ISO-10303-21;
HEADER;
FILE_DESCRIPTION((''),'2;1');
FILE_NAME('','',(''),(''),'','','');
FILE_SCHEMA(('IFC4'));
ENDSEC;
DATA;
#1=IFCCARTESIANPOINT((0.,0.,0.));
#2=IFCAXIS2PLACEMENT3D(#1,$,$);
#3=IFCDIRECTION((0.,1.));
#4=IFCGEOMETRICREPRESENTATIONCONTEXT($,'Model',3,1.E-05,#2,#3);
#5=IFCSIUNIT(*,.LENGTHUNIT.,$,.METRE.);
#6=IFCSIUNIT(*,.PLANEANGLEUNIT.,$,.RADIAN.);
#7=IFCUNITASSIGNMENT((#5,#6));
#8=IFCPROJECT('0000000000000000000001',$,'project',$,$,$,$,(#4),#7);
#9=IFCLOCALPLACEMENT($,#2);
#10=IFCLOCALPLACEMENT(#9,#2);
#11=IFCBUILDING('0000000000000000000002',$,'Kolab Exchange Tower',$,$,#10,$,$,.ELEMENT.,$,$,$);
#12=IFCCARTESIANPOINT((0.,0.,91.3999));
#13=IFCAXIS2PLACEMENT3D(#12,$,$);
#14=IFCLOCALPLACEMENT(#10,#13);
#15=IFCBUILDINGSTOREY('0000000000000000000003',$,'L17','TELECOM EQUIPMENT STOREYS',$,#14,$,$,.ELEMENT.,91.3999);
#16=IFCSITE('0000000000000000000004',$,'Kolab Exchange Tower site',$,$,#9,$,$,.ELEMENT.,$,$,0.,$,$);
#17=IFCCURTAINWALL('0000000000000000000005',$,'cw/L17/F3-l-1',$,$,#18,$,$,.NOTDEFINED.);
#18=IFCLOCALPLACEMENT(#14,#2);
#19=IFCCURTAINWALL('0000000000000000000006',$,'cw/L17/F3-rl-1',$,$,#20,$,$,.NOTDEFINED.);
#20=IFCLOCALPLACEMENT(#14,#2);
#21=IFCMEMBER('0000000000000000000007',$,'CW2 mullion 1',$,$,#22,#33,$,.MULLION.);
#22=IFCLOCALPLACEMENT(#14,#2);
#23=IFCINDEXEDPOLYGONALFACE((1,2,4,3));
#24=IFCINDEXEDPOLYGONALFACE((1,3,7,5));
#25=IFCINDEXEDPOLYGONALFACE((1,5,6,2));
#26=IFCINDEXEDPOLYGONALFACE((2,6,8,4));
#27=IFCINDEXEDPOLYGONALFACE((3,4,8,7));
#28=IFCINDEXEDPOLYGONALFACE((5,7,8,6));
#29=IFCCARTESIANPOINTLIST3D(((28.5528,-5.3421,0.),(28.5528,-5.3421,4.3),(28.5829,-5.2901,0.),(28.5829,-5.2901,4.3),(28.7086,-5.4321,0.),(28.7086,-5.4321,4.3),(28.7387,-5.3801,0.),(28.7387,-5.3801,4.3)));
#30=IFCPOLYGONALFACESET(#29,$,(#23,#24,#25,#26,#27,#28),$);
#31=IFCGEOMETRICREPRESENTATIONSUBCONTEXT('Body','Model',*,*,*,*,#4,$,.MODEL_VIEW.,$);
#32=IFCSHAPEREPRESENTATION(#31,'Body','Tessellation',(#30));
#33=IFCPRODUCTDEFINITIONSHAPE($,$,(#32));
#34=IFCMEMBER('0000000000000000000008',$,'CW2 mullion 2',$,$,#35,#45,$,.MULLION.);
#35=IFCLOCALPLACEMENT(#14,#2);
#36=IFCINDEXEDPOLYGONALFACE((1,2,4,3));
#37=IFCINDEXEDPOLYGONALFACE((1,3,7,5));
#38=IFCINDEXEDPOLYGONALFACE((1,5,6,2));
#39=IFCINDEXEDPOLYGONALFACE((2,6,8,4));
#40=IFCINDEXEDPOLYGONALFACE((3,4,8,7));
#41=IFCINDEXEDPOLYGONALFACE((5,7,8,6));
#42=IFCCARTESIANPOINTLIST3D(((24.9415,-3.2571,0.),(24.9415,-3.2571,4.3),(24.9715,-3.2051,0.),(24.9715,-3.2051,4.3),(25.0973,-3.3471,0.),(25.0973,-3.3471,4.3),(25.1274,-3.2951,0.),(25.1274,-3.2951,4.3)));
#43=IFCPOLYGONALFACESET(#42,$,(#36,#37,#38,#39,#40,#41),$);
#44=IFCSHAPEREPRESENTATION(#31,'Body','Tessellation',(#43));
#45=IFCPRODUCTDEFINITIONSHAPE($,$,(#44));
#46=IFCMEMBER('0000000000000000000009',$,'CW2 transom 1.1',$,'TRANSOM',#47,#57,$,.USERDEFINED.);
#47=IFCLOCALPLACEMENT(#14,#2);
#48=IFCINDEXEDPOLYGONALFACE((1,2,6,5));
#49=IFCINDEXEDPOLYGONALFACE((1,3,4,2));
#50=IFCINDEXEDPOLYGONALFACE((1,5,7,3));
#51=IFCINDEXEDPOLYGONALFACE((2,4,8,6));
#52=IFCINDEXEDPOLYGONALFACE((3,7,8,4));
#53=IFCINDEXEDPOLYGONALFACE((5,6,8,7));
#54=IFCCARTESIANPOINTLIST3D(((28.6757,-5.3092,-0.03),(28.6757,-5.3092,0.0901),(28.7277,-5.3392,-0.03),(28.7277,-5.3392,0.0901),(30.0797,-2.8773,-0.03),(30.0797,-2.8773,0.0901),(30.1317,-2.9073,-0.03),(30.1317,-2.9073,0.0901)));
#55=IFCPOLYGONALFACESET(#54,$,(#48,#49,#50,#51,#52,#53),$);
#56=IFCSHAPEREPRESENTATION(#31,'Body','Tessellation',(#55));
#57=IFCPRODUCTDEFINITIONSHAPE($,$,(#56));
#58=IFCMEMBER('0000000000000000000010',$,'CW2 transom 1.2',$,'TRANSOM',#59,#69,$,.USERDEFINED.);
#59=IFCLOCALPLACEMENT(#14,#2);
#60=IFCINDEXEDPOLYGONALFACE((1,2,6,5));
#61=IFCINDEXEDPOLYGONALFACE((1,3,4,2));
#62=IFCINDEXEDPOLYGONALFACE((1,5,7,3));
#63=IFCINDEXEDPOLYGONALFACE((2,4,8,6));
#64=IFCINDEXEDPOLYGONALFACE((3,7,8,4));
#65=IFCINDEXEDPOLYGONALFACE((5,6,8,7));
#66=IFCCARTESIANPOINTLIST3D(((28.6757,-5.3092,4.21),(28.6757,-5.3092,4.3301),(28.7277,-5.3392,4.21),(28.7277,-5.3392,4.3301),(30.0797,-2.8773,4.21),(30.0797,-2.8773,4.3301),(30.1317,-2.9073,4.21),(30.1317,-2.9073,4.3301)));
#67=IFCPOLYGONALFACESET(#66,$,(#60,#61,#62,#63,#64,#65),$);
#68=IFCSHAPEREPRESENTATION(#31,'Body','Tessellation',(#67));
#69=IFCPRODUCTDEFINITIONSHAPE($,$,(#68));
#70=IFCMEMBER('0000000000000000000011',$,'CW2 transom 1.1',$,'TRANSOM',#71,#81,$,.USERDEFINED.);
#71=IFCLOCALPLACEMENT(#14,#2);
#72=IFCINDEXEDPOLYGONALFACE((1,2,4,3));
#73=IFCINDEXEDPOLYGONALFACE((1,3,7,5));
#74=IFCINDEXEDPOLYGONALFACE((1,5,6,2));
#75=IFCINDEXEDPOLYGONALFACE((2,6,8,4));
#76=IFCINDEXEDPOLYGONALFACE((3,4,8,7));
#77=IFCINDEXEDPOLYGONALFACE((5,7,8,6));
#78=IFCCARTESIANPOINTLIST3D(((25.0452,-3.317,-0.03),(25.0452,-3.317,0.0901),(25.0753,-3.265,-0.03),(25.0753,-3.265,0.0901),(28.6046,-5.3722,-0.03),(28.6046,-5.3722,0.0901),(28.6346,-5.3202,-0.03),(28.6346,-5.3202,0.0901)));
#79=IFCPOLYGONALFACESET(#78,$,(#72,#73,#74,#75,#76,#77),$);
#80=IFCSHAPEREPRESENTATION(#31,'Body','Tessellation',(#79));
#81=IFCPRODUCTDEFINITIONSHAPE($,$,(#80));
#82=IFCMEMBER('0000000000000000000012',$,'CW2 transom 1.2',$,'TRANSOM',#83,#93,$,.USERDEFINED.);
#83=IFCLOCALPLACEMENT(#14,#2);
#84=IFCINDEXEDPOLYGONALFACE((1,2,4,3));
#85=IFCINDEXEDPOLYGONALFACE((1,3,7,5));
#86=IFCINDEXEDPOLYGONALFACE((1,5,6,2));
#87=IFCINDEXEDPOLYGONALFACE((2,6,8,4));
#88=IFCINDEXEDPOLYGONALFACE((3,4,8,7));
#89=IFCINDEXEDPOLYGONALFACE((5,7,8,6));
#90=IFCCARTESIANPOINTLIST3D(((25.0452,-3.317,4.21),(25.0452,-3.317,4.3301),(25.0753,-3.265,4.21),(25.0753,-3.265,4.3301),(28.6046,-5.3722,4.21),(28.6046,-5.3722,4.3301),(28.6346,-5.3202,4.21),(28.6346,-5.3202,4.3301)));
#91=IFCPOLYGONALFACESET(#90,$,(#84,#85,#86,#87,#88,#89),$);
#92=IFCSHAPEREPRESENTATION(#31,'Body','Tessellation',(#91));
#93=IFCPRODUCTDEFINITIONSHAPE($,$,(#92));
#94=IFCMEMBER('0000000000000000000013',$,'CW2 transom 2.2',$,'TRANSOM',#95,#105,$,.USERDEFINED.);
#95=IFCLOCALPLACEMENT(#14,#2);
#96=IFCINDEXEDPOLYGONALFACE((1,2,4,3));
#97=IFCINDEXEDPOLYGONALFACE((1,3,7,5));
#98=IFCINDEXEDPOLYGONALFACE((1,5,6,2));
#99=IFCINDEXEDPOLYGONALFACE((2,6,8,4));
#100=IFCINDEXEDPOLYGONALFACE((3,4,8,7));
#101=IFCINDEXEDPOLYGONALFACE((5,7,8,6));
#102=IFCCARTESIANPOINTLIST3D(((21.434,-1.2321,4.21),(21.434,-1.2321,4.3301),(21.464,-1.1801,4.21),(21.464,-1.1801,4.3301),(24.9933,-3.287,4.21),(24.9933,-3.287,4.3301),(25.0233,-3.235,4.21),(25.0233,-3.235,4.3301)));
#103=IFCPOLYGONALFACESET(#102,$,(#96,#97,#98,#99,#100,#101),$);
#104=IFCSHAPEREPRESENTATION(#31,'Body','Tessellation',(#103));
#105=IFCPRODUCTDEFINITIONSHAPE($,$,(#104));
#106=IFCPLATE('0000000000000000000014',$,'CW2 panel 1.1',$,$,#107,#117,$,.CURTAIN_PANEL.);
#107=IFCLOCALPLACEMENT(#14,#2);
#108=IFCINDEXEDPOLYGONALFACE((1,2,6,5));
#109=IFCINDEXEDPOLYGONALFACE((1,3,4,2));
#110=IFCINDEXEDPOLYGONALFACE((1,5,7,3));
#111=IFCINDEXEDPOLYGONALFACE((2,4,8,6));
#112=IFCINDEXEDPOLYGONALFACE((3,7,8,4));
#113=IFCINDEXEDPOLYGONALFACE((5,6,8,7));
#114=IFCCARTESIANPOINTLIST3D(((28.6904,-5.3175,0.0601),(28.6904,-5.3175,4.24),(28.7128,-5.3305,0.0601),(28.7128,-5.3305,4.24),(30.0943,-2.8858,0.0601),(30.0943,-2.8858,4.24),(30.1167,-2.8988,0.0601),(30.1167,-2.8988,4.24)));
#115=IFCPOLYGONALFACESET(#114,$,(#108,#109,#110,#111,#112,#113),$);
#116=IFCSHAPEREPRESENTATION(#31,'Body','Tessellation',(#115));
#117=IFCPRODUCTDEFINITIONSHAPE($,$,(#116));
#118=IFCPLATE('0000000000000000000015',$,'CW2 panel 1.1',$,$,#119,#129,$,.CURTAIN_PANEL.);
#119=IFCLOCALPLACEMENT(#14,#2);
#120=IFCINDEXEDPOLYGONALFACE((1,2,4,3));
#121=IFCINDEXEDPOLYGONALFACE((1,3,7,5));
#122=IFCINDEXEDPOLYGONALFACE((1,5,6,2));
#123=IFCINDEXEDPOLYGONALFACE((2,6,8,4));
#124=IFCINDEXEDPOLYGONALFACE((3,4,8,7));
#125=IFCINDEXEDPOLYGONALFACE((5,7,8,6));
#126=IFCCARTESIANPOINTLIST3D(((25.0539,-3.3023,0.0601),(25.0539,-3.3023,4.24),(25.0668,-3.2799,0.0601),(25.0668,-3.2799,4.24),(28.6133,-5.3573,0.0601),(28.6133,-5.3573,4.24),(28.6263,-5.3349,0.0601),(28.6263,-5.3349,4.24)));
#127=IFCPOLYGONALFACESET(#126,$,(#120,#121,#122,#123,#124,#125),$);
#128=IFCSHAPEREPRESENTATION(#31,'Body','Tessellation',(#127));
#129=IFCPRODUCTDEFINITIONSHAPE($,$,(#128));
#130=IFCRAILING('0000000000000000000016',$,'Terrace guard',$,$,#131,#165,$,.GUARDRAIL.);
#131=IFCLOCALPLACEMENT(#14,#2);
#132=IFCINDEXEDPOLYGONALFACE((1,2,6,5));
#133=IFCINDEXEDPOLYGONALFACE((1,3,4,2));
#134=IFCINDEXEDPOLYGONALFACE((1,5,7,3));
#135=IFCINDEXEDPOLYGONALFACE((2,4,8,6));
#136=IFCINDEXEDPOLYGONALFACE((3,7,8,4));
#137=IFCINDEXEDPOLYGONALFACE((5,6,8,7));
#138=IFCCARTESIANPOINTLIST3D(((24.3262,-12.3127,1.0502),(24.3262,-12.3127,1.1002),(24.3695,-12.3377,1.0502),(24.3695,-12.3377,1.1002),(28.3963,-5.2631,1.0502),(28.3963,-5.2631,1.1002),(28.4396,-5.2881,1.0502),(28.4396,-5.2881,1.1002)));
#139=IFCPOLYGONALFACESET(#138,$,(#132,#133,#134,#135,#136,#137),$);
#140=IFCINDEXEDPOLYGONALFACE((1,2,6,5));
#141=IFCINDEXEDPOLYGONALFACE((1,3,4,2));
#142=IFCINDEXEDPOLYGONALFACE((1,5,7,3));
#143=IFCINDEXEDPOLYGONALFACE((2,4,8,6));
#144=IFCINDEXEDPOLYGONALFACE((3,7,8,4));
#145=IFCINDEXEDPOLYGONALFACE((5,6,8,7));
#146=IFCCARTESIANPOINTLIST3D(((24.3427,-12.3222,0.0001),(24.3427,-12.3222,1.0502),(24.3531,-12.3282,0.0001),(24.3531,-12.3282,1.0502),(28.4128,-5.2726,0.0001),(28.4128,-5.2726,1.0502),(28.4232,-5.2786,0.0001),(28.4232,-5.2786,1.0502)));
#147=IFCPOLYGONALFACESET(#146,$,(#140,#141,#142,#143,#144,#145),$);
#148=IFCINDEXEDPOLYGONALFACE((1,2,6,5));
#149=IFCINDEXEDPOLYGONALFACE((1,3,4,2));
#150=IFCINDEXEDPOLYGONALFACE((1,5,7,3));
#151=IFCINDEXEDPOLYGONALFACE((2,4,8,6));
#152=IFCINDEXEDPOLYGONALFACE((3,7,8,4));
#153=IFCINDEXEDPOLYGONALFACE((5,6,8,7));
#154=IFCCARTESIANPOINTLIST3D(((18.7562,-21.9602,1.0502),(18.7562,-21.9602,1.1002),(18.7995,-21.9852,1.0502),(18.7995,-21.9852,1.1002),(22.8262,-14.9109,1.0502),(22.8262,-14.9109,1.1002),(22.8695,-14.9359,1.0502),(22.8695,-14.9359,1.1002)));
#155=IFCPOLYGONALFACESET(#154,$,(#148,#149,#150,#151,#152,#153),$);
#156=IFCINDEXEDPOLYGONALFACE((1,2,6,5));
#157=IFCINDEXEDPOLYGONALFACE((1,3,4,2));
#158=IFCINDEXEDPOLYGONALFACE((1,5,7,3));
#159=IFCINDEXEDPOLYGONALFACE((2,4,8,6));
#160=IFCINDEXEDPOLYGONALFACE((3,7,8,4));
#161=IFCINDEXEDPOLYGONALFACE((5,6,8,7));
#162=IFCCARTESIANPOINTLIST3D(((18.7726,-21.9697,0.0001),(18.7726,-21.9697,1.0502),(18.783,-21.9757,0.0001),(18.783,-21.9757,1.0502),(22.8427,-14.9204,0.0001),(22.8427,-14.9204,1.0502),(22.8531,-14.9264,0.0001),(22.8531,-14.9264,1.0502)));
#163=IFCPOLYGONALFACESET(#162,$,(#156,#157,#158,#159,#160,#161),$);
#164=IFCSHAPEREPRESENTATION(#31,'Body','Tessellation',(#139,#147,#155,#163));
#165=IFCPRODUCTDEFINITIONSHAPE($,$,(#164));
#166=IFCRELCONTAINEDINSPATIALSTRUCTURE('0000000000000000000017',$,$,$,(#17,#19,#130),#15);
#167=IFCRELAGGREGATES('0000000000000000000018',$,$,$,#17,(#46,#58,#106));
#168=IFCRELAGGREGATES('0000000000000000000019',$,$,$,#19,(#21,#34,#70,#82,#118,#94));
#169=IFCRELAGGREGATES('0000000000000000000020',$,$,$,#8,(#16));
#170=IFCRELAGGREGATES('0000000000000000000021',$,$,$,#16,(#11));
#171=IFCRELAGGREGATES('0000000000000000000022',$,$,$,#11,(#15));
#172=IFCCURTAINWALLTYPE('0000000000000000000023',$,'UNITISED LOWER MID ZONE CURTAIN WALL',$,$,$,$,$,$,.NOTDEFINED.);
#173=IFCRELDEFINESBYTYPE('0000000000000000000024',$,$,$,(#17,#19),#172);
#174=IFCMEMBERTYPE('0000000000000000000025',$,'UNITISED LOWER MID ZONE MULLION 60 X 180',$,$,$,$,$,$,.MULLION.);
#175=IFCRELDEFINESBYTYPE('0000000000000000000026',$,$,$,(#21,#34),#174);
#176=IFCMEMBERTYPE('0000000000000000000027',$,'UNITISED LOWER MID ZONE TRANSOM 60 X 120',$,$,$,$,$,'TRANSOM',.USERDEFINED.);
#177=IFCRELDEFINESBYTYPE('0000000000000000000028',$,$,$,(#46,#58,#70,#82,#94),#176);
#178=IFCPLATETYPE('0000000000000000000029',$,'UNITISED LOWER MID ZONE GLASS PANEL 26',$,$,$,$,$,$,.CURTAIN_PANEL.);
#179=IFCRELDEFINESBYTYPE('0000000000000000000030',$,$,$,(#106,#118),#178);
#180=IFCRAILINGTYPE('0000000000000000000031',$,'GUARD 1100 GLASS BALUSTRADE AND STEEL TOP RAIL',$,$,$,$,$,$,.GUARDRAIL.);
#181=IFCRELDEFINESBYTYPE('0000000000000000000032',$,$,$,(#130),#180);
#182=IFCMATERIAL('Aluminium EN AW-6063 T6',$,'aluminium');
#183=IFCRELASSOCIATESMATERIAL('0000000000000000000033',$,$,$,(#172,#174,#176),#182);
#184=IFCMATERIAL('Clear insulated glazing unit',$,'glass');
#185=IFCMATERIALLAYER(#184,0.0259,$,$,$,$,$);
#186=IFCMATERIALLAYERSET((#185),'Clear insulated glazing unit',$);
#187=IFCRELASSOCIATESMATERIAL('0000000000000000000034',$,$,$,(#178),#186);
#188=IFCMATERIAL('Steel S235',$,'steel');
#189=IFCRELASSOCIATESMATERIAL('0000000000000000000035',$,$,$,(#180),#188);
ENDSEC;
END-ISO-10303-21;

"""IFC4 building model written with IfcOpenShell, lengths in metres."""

from ifc_helpers import new_model, si_unit, direction, frame, frame_2d, origin, origin_2d, place, context, subcontext, project, spatial, rectangle, extrude, material, layer, layer_set, material_profile, profile_set, type_object, element, aggregate, save


model = new_model("IFC4")

# Units and contexts
model_context = context("Model", 3, precision=1e-05, world=origin(), true_north=direction((0.0, 1.0)))
body_context = subcontext(model_context, "Body", "Model", "MODEL_VIEW")
ifc_project = project(units=[si_unit("LENGTHUNIT", "METRE"), si_unit("PLANEANGLEUNIT", "RADIAN")], contexts=[model_context])

# Site, building, storey
site_placement = place(None, origin())
site = spatial("IfcSite", under=ifc_project, at=site_placement, Name="Kolab Exchange Tower site", CompositionType="ELEMENT", RefElevation=0.0)
building_placement = place(site_placement, origin())
building = spatial("IfcBuilding", under=site, at=building_placement, Name="Kolab Exchange Tower", CompositionType="ELEMENT")
storey_placement = place(building_placement, frame((0.0, 0.0, 91.3999)))
storey = spatial("IfcBuildingStorey", under=building, at=storey_placement, Name="L17", Description="TELECOM EQUIPMENT STOREYS", CompositionType="ELEMENT", Elevation=91.3999)

# Curtain walls, members
ifc_material_1 = material(Name="Aluminium EN AW-6063 T6", Category="aluminium")
curtain_wall_type = type_object("IfcCurtainWallType", Name="UNITISED LOWER MID ZONE CURTAIN WALL", PredefinedType="NOTDEFINED", material=ifc_material_1)
curtain_wall_1_placement = place(storey_placement, origin())
curtain_wall_1 = element("IfcCurtainWall", 1, at=curtain_wall_1_placement, inside=storey, type_object=curtain_wall_type, Name="cw/L17/F3-l-1", PredefinedType="NOTDEFINED")
ifc_material_profile_1 = material_profile(ifc_material_1, rectangle(XDim=0.0601, YDim=0.1799, at=origin_2d()), Name="RECT 60X180")
ifc_profile_set_1 = profile_set([ifc_material_profile_1], Name="Aluminium EN AW-6063 T6")
member_type_1 = type_object("IfcMemberType", Name="UNITISED LOWER MID ZONE MULLION 60 X 180", PredefinedType="MULLION", material=ifc_profile_set_1)
curtain_wall_2_placement = place(storey_placement, origin())
curtain_wall_2 = element("IfcCurtainWall", 2, at=curtain_wall_2_placement, inside=storey, type_object=curtain_wall_type, Name="cw/L17/F3-rl-1", PredefinedType="NOTDEFINED")
member_1_placement = place(storey_placement, frame((28.6458, -5.3611, 0.0), z_axis=(0.0, 0.0, 1.0), x_axis=(-0.5, -0.866025, 0.0)))
member_1 = element("IfcMember", 3, at=member_1_placement, type_object=member_type_1, Name="CW2 mullion 1", PredefinedType="MULLION", context=body_context, shape_type="SweptSolid", body=[
    extrude(rectangle(XDim=0.0601, YDim=0.1799, at=origin_2d()), origin(), (0.0, 0.0, 1.0), 4.3),
])
member_2_placement = place(storey_placement, frame((25.0344, -3.2761, 0.0), z_axis=(0.0, 0.0, 1.0), x_axis=(-0.5, -0.866025, 0.0)))
member_2 = element("IfcMember", 4, at=member_2_placement, type_object=member_type_1, Name="CW2 mullion 2", PredefinedType="MULLION", context=body_context, shape_type="SweptSolid", body=[
    extrude(rectangle(XDim=0.0601, YDim=0.1799, at=origin_2d()), origin(), (0.0, 0.0, 1.0), 4.3),
])

# Members
ifc_material_profile_2 = material_profile(ifc_material_1, rectangle(XDim=0.0601, YDim=0.1201, at=origin_2d()), Name="RECT 60X120")
ifc_profile_set_2 = profile_set([ifc_material_profile_2], Name="Aluminium EN AW-6063 T6")
member_type_2 = type_object("IfcMemberType", Name="UNITISED LOWER MID ZONE TRANSOM 60 X 120", ElementType="TRANSOM", PredefinedType="USERDEFINED", material=ifc_profile_set_2)
member_3_placement = place(storey_placement, frame((30.1057, -2.8923, 0.03), z_axis=(-0.500001, -0.866025, 0.0), x_axis=(0.866025, -0.500001, 0.0)))
member_3 = element("IfcMember", 5, at=member_3_placement, type_object=member_type_2, Name="CW2 transom 1.1", ObjectType="TRANSOM", PredefinedType="USERDEFINED", context=body_context, shape_type="SweptSolid", body=[
    extrude(rectangle(XDim=0.0601, YDim=0.1201, at=origin_2d()), origin(), (0.0, 0.0, 1.0), 2.8081),
])
member_4_placement = place(storey_placement, frame((30.1057, -2.8923, 4.27), z_axis=(-0.500001, -0.866025, 0.0), x_axis=(0.866025, -0.500001, 0.0)))
member_4 = element("IfcMember", 6, at=member_4_placement, type_object=member_type_2, Name="CW2 transom 1.2", ObjectType="TRANSOM", PredefinedType="USERDEFINED", context=body_context, shape_type="SweptSolid", body=[
    extrude(rectangle(XDim=0.0601, YDim=0.1201, at=origin_2d()), origin(), (0.0, 0.0, 1.0), 2.8081),
])
member_5_placement = place(storey_placement, frame((28.6196, -5.3462, 0.03), z_axis=(-0.866005, 0.500036, 0.0), x_axis=(-0.500036, -0.866005, 0.0)))
member_5 = element("IfcMember", 7, at=member_5_placement, type_object=member_type_2, Name="CW2 transom 1.1", ObjectType="TRANSOM", PredefinedType="USERDEFINED", context=body_context, shape_type="SweptSolid", body=[
    extrude(rectangle(XDim=0.0601, YDim=0.1201, at=origin_2d()), origin(), (0.0, 0.0, 1.0), 4.1101),
])
member_6_placement = place(storey_placement, frame((28.6196, -5.3462, 4.27), z_axis=(-0.866005, 0.500036, 0.0), x_axis=(-0.500036, -0.866005, 0.0)))
member_6 = element("IfcMember", 8, at=member_6_placement, type_object=member_type_2, Name="CW2 transom 1.2", ObjectType="TRANSOM", PredefinedType="USERDEFINED", context=body_context, shape_type="SweptSolid", body=[
    extrude(rectangle(XDim=0.0601, YDim=0.1201, at=origin_2d()), origin(), (0.0, 0.0, 1.0), 4.1101),
])
member_7_placement = place(storey_placement, frame((25.0083, -3.261, 4.27), z_axis=(-0.86603, 0.499992, 0.0), x_axis=(-0.499992, -0.86603, 0.0)))
member_7 = element("IfcMember", 9, at=member_7_placement, type_object=member_type_2, Name="CW2 transom 2.2", ObjectType="TRANSOM", PredefinedType="USERDEFINED", context=body_context, shape_type="SweptSolid", body=[
    extrude(rectangle(XDim=0.0601, YDim=0.1201, at=origin_2d()), origin(), (0.0, 0.0, 1.0), 4.1099),
])

# Plates
ifc_material_2 = material(Name="Clear insulated glazing unit", Category="glass")
ifc_layer = layer(ifc_material_2, 0.0259)
ifc_layer_set = layer_set([ifc_layer], Name="Clear insulated glazing unit")
plate_type = type_object("IfcPlateType", Name="UNITISED LOWER MID ZONE GLASS PANEL 26", PredefinedType="CURTAIN_PANEL", material=ifc_layer_set)
plate_1_placement = place(storey_placement, frame((29.4036, -4.1082, 0.0601), z_axis=(0.0, 0.0, 1.0), x_axis=(-0.5, -0.866025, 0.0)))
plate_1 = element("IfcPlate", 10, at=plate_1_placement, type_object=plate_type, Name="CW2 panel 1.1", PredefinedType="CURTAIN_PANEL", context=body_context, shape_type="SweptSolid", body=[
    extrude(rectangle(XDim=2.8079, YDim=0.0259, at=origin_2d()), origin(), (0.0, 0.0, 1.0), 4.1799),
])
aggregate(curtain_wall_1, [member_3, member_4, plate_1])
plate_2_placement = place(storey_placement, frame((26.8401, -4.3186, 0.0601), z_axis=(0.0, 0.0, 1.0), x_axis=(-0.866025, 0.5, 0.0)))
plate_2 = element("IfcPlate", 11, at=plate_2_placement, type_object=plate_type, Name="CW2 panel 1.1", PredefinedType="CURTAIN_PANEL", context=body_context, shape_type="SweptSolid", body=[
    extrude(rectangle(XDim=4.1101, YDim=0.0259, at=origin_2d()), origin(), (0.0, 0.0, 1.0), 4.1799),
])
aggregate(curtain_wall_2, [member_1, member_2, member_5, member_6, plate_2, member_7])

# Railing
ifc_material_3 = material(Name="Steel S235", Category="steel")
railing_type = type_object("IfcRailingType", Name="GUARD 1100 GLASS BALUSTRADE AND STEEL TOP RAIL", PredefinedType="GUARDRAIL", material=ifc_material_3)
railing_placement = place(storey_placement, frame((28.418, -5.2756, 0.0)))
element("IfcRailing", 12, at=railing_placement, inside=storey, type_object=railing_type, Name="Terrace guard", PredefinedType="GUARDRAIL", context=body_context, shape_type="SweptSolid", body=[
    extrude(rectangle(XDim=0.05, YDim=0.05, at=origin_2d()), frame((0.0, 0.0, 1.0752), z_axis=(-0.5, -0.866025, 0.0), x_axis=(0.866025, -0.5, 0.0)), (0.0, 0.0, 1.0), 8.1401),
    extrude(rectangle(XDim=0.012, YDim=1.0501, at=frame_2d((0.0, 0.5251))), frame((0.0, 0.0, 0.0), z_axis=(-0.5, -0.866025, 0.0), x_axis=(0.866025, -0.5, 0.0)), (0.0, 0.0, 1.0), 8.1401),
    extrude(rectangle(XDim=0.05, YDim=0.05, at=origin_2d()), frame((-9.6401, -16.697, 1.0752), z_axis=(0.500013, 0.866018, 0.0), x_axis=(-0.866018, 0.500013, 0.0)), (0.0, 0.0, 1.0), 8.1399),
    extrude(rectangle(XDim=0.012, YDim=1.0501, at=frame_2d((0.0, 0.5251))), frame((-9.6401, -16.697, 0.0), z_axis=(0.500013, 0.866018, 0.0), x_axis=(-0.866018, 0.500013, 0.0)), (0.0, 0.0, 1.0), 8.1399),
])

save(model, "model.ifc")
